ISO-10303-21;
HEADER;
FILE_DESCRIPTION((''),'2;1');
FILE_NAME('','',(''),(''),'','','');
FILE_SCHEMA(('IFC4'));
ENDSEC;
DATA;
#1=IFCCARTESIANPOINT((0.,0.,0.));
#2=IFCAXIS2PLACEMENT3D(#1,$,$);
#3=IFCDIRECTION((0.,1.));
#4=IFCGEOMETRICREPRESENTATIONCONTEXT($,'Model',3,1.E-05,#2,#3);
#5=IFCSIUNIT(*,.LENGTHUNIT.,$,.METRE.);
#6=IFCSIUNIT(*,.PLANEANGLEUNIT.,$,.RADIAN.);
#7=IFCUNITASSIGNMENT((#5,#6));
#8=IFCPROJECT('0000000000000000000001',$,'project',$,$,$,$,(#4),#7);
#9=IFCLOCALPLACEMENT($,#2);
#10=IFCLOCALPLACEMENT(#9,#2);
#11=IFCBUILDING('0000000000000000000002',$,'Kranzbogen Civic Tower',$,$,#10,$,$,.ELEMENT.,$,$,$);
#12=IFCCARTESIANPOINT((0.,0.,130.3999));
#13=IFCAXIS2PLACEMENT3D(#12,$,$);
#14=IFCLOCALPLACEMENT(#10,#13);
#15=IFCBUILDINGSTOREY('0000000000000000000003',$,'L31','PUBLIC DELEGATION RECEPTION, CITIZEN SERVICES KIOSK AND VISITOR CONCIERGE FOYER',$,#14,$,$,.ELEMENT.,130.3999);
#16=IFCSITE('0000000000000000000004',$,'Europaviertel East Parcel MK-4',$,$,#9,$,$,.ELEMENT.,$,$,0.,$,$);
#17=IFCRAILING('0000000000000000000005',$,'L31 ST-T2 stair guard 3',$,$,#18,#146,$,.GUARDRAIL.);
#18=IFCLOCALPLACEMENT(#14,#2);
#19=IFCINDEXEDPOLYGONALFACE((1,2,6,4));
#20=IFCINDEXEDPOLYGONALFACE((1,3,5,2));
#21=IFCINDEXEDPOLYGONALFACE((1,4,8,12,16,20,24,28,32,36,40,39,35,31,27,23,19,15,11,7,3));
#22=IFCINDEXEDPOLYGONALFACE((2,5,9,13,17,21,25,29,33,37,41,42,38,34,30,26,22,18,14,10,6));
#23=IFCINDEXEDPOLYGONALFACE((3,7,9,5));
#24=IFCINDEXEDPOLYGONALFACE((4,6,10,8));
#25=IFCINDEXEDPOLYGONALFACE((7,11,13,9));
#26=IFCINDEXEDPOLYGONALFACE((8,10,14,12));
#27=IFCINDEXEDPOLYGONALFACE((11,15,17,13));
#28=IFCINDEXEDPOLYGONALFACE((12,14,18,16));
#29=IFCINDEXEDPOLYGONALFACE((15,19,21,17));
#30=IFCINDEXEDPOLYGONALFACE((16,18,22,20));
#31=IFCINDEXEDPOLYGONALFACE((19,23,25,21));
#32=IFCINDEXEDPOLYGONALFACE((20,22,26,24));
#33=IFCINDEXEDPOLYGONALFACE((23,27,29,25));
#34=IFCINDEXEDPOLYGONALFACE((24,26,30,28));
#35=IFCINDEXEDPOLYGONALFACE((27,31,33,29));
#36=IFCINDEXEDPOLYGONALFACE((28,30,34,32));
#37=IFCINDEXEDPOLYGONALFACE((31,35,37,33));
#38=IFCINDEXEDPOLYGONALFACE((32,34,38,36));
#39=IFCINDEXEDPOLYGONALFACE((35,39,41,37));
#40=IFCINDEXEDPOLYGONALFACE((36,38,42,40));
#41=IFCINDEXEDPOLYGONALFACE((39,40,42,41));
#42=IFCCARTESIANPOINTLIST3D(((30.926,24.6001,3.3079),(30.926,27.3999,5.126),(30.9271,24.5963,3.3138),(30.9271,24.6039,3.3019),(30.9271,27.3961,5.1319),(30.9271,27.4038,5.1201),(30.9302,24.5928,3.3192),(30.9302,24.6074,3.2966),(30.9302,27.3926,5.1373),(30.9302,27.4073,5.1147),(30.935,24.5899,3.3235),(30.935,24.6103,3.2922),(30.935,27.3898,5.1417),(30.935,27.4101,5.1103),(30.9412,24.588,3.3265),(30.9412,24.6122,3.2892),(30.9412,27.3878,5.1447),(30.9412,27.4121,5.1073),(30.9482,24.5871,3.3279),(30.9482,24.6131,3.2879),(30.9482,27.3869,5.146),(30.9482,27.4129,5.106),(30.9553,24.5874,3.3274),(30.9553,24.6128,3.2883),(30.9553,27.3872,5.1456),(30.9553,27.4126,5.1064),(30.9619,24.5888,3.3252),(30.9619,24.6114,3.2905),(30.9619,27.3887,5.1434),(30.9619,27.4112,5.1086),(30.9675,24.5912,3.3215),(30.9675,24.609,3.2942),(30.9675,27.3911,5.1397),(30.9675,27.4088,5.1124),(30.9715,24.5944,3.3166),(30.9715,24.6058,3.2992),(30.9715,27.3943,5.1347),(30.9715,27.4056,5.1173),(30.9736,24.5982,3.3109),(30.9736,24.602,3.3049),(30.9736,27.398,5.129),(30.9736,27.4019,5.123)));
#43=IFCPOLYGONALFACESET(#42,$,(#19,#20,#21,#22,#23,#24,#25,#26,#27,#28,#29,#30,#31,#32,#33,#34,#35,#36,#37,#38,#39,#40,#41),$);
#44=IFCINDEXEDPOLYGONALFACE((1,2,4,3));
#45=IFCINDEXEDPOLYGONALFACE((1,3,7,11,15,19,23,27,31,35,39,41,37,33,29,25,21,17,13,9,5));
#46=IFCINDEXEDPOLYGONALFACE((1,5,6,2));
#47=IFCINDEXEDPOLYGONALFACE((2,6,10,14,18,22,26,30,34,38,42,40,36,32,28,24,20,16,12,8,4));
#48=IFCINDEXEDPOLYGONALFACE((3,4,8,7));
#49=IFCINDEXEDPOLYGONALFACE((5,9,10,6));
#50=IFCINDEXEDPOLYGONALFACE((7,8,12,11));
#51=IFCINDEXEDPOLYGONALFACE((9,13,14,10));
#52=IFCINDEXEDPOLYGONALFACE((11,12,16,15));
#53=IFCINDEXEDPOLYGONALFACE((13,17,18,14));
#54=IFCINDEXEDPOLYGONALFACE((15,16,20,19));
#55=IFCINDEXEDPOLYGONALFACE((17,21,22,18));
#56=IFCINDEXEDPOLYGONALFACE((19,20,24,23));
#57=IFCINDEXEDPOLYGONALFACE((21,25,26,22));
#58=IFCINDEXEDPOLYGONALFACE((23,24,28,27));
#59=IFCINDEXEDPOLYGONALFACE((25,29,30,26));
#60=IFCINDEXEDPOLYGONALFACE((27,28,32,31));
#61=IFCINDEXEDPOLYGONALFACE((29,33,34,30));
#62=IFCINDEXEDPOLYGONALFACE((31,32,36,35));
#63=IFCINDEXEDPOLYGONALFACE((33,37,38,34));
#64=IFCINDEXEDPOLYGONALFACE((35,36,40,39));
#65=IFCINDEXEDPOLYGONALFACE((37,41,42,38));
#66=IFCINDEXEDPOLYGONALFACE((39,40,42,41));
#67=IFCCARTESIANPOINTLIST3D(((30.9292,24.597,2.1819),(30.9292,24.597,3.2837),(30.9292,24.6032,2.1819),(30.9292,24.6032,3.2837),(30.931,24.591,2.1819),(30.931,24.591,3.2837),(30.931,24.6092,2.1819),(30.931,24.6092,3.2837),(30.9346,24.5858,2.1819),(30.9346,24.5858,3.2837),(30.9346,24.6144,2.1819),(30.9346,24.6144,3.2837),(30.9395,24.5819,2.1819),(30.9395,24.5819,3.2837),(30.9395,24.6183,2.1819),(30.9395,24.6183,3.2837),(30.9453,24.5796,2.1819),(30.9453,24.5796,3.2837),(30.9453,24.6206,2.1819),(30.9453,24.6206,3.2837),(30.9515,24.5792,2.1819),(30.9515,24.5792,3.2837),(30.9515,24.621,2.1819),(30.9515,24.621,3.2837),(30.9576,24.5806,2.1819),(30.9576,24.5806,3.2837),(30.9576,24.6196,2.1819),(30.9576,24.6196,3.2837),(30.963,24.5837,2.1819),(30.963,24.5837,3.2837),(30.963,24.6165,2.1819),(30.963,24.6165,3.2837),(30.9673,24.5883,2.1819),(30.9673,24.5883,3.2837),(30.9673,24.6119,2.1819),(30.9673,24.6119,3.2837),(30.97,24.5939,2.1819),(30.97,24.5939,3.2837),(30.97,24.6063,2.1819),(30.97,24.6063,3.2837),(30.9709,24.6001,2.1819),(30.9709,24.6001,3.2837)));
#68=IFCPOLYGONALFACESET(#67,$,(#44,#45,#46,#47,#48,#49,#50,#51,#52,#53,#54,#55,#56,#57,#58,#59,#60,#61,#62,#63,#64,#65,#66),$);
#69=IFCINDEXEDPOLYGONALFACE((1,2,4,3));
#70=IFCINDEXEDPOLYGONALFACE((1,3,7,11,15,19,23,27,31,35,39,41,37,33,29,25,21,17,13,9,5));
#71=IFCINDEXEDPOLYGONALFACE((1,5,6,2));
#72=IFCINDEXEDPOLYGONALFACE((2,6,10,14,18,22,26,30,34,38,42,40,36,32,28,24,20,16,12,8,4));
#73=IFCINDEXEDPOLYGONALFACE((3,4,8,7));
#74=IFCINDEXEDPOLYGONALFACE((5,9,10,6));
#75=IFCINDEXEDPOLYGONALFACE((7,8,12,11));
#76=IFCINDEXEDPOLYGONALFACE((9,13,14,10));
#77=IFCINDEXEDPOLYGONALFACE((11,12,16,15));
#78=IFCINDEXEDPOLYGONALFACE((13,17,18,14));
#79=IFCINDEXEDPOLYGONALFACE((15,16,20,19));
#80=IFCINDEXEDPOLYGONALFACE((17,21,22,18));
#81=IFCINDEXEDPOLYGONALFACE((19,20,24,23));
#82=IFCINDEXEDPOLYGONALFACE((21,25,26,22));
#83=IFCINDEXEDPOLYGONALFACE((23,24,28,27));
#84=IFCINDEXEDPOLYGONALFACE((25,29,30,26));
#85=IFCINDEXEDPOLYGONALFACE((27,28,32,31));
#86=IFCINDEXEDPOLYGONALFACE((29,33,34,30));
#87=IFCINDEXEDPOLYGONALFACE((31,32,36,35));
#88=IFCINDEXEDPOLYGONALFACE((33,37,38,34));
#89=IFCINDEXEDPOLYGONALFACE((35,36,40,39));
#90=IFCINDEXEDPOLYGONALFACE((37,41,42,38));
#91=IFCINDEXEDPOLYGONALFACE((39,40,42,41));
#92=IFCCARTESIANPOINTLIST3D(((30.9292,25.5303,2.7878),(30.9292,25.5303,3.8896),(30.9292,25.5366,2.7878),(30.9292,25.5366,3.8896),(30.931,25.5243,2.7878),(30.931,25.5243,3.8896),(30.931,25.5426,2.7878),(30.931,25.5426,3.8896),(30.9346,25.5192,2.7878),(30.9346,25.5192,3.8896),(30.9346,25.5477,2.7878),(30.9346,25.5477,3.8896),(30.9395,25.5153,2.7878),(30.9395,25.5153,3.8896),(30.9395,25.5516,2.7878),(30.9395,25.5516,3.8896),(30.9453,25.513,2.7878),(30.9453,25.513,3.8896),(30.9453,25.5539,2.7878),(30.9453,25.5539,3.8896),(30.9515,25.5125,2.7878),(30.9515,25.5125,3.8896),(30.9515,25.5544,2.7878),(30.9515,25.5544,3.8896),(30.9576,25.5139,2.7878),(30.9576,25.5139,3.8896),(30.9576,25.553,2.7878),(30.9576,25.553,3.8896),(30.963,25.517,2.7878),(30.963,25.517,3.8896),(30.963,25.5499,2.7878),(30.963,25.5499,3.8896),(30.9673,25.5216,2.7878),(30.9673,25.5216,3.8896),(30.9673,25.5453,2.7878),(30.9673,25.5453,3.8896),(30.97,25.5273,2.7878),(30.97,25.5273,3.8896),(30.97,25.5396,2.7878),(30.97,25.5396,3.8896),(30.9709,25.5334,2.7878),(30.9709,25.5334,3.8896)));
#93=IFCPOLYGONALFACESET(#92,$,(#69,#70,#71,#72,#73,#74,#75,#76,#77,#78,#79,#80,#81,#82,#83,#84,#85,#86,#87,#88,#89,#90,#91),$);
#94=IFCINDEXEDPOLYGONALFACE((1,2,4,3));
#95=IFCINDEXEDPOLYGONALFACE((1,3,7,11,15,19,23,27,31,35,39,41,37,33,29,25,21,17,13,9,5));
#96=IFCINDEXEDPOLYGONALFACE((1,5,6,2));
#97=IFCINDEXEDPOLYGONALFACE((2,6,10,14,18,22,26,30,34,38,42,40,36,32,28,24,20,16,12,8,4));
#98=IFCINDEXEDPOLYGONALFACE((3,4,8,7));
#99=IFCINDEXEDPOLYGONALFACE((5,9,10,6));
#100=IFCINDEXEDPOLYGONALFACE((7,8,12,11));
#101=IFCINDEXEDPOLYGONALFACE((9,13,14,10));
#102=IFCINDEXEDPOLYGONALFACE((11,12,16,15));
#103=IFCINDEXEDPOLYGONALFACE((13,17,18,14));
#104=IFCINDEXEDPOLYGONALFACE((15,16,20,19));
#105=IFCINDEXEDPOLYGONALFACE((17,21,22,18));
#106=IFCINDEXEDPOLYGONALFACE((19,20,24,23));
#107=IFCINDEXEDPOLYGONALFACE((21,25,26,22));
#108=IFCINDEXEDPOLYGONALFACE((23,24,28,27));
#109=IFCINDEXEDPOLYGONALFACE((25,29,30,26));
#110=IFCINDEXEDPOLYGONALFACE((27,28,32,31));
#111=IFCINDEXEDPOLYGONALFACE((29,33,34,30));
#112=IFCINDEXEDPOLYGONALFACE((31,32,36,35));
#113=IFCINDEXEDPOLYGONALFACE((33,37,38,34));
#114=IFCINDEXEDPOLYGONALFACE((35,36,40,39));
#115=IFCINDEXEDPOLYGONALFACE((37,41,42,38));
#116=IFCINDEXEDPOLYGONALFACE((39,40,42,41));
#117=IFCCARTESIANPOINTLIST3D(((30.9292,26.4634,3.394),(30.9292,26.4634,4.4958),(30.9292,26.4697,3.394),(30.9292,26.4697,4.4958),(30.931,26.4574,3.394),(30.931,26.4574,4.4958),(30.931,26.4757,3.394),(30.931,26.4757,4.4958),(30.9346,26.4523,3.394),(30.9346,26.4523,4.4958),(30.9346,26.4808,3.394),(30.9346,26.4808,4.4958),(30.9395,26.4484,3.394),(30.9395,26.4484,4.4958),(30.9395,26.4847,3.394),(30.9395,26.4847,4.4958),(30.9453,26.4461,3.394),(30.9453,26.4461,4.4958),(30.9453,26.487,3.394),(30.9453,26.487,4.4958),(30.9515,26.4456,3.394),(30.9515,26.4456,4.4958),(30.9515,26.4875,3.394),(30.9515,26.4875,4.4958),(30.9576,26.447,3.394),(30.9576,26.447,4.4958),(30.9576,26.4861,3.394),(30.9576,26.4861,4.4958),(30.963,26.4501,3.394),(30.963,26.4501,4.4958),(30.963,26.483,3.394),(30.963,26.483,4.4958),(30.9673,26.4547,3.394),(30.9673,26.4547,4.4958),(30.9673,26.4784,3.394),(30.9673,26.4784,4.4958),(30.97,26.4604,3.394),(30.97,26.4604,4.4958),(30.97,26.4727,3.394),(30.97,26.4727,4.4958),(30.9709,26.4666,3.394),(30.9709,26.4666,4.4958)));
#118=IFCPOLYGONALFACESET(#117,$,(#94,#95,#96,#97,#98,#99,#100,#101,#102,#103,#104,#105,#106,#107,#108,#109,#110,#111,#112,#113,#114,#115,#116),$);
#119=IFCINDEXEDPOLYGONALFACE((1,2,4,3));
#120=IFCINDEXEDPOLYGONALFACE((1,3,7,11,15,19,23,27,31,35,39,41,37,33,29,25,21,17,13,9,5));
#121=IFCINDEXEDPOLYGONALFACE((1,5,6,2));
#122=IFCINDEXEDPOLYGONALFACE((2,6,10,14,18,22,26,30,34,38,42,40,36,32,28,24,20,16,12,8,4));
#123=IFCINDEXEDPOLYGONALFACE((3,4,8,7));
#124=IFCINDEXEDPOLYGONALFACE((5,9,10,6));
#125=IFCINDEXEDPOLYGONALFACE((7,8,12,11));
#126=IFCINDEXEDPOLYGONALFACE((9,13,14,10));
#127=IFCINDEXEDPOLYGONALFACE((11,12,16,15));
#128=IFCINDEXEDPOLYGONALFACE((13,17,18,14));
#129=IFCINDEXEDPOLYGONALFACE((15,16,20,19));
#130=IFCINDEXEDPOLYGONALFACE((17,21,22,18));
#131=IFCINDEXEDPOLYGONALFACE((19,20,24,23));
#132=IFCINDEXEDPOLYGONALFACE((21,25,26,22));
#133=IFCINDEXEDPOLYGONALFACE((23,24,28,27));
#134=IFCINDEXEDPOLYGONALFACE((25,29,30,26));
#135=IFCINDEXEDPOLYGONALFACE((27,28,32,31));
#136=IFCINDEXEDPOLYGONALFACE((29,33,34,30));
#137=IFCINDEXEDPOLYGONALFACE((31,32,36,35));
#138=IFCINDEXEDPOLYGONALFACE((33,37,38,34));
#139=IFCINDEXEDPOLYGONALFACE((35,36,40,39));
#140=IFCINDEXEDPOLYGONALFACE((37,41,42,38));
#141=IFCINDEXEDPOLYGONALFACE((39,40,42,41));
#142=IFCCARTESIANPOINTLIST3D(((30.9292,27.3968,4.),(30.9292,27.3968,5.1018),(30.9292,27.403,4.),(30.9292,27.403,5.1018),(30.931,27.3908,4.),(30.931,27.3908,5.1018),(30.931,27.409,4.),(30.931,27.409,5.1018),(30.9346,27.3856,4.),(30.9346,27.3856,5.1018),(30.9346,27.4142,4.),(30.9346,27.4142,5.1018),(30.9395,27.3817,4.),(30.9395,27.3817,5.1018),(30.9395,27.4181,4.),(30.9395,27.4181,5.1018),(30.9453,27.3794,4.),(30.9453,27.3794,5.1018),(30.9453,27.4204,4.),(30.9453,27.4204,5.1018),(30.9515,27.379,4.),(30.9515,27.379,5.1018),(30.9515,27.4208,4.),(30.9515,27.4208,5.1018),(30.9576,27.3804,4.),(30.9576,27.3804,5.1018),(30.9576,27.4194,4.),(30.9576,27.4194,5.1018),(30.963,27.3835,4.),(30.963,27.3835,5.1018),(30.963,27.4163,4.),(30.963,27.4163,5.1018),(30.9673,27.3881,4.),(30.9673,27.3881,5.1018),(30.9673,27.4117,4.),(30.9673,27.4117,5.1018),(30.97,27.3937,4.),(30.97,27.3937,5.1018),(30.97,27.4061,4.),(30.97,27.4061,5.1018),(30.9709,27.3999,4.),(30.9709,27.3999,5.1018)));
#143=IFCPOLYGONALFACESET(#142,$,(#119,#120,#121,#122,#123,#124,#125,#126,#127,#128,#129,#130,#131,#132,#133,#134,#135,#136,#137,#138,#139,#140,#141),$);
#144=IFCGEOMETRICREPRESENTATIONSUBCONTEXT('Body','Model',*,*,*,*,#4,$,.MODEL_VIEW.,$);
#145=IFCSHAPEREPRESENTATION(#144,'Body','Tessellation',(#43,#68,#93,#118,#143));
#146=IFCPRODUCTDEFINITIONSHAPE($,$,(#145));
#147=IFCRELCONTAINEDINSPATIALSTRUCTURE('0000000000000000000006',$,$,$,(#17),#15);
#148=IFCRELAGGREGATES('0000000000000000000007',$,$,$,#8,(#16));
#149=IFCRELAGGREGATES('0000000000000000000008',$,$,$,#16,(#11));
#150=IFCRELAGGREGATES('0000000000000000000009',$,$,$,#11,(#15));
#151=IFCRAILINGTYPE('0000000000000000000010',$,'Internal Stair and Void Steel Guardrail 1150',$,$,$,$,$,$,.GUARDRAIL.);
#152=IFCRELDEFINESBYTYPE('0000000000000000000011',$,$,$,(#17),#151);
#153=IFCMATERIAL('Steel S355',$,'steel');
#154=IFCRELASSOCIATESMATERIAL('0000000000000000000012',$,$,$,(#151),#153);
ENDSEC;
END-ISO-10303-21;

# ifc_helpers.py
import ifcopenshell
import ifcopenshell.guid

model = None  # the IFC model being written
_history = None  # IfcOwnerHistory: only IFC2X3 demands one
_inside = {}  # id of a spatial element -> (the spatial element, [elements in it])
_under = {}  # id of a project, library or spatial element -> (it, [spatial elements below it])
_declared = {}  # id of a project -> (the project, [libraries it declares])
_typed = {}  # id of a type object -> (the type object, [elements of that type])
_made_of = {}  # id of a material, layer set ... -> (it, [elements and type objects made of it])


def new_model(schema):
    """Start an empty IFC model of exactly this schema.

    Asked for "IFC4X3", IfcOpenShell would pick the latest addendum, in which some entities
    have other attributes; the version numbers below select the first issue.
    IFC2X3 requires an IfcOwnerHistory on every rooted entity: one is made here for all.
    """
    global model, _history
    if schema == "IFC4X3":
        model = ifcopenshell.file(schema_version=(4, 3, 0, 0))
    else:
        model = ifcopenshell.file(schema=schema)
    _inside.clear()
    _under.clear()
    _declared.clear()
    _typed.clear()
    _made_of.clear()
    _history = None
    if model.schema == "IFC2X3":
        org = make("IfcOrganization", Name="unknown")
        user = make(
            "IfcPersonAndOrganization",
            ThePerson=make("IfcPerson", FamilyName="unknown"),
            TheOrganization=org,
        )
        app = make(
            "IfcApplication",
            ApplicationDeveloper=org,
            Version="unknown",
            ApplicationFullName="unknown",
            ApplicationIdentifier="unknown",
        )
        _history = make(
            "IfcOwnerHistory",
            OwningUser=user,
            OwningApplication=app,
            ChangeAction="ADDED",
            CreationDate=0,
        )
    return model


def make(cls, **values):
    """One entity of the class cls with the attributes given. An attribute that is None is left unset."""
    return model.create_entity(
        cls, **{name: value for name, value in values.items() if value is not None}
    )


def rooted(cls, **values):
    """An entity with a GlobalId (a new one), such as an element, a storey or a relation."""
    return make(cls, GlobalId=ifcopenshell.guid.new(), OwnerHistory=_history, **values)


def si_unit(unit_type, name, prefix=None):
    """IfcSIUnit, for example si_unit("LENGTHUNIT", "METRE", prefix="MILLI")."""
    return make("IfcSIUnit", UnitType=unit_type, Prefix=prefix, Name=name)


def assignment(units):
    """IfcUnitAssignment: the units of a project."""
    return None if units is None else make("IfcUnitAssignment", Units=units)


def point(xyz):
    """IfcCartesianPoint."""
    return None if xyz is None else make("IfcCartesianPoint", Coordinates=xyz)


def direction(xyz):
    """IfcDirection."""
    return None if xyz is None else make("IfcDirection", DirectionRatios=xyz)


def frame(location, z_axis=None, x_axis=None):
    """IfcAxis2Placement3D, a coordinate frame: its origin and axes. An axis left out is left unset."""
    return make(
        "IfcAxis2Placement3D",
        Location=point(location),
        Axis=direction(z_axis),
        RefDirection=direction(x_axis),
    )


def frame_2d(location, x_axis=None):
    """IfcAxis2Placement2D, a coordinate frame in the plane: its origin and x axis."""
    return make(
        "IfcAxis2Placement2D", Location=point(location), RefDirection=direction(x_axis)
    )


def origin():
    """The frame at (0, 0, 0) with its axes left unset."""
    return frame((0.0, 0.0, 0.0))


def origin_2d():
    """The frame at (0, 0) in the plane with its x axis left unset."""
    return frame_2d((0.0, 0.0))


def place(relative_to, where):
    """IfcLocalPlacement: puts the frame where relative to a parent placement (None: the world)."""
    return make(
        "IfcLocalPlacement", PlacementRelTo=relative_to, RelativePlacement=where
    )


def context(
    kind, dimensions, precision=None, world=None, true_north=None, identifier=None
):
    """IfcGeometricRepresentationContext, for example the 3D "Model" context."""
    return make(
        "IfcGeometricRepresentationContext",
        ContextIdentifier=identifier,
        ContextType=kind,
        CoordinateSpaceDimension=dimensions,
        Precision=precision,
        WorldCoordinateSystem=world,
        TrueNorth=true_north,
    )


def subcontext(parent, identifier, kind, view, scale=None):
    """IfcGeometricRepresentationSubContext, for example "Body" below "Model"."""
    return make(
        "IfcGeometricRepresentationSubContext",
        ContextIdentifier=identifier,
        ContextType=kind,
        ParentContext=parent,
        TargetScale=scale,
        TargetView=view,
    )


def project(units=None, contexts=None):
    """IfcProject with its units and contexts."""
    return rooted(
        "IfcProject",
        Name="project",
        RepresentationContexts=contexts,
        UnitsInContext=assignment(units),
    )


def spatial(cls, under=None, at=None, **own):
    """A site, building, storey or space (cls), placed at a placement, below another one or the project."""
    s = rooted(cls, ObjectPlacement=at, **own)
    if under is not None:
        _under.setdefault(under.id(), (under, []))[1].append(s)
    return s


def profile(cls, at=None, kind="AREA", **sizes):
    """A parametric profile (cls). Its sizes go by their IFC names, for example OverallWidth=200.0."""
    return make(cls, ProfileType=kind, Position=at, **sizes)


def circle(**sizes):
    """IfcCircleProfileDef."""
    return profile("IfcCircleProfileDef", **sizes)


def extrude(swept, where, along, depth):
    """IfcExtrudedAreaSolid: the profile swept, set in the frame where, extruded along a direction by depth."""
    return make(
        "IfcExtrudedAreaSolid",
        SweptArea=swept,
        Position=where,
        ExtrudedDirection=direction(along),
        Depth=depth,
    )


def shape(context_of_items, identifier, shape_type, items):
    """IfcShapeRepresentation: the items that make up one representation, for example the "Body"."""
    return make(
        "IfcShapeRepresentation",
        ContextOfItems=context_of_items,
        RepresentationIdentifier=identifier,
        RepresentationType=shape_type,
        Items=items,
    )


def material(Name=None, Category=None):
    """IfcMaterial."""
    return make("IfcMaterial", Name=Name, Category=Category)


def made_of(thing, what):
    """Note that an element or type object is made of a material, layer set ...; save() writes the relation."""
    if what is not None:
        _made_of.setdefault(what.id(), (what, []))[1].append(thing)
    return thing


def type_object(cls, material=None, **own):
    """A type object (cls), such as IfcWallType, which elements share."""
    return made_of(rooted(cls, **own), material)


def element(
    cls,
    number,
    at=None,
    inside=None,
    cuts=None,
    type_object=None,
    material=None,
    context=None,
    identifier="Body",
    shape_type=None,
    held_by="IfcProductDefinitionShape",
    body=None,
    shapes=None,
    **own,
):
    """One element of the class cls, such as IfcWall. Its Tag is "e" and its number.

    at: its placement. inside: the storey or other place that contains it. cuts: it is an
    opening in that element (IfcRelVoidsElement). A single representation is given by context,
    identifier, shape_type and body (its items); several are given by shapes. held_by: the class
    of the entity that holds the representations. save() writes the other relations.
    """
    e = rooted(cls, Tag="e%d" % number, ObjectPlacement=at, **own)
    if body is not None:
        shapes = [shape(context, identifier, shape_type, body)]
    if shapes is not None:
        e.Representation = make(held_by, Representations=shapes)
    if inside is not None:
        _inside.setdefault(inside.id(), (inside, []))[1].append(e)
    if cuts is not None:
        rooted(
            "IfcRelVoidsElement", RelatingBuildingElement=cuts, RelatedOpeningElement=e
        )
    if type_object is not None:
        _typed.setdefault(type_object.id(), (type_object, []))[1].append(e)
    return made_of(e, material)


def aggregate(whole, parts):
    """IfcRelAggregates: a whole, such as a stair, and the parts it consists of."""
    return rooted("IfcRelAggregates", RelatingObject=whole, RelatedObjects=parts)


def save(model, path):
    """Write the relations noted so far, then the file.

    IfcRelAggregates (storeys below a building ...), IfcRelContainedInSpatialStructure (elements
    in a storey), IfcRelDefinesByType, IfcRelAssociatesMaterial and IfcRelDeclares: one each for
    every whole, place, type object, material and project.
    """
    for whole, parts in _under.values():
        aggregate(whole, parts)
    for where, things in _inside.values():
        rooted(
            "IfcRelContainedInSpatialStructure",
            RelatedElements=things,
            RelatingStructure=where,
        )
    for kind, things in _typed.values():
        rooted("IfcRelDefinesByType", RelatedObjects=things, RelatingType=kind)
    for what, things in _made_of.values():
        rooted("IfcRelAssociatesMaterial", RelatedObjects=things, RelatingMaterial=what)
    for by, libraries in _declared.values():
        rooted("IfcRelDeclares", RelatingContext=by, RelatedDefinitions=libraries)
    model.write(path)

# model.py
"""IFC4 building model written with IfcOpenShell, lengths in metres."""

from ifc_helpers import new_model, si_unit, direction, frame, origin, origin_2d, place, context, subcontext, project, spatial, circle, extrude, material, type_object, element, save


model = new_model("IFC4")

# Units and contexts
model_context = context("Model", 3, precision=1e-05, world=origin(), true_north=direction((0.0, 1.0)))
body_context = subcontext(model_context, "Body", "Model", "MODEL_VIEW")
ifc_project = project(units=[si_unit("LENGTHUNIT", "METRE"), si_unit("PLANEANGLEUNIT", "RADIAN")], contexts=[model_context])

# Site, building, storey
site_placement = place(None, origin())
site = spatial("IfcSite", under=ifc_project, at=site_placement, Name="Europaviertel East Parcel MK-4", CompositionType="ELEMENT", RefElevation=0.0)
building_placement = place(site_placement, origin())
building = spatial("IfcBuilding", under=site, at=building_placement, Name="Kranzbogen Civic Tower", CompositionType="ELEMENT")
storey_placement = place(building_placement, frame((0.0, 0.0, 130.3999)))
storey = spatial("IfcBuildingStorey", under=building, at=storey_placement, Name="L31", Description="PUBLIC DELEGATION RECEPTION, CITIZEN SERVICES KIOSK AND VISITOR CONCIERGE FOYER", CompositionType="ELEMENT", Elevation=130.3999)

# Shared definitions
ifc_material_1 = material(Name="Steel S355", Category="steel")

# Railing
railing_type = type_object("IfcRailingType", Name="Internal Stair and Void Steel Guardrail 1150", PredefinedType="GUARDRAIL", material=ifc_material_1)
railing_1_placement = place(storey_placement, frame((30.95, 24.6001, 2.1819)))
element("IfcRailing", 1, at=railing_1_placement, inside=storey, type_object=railing_type, Name="L31 ST-T2 stair guard 3", PredefinedType="GUARDRAIL", context=body_context, shape_type="SweptSolid", body=[
    extrude(circle(Radius=0.0239, at=origin_2d()), frame((0.0, 0.0, 1.126), z_axis=(0.0, 0.838684, 0.544618), x_axis=(-1.0, 0.0, 0.0)), (0.0, 0.0, 1.0), 3.3384),
    extrude(circle(Radius=0.021, at=origin_2d()), origin(), (0.0, 0.0, 1.0), 1.1018),
    extrude(circle(Radius=0.021, at=origin_2d()), frame((0.0, 0.9333, 0.606)), (0.0, 0.0, 1.0), 1.1018),
    extrude(circle(Radius=0.021, at=origin_2d()), frame((0.0, 1.8665, 1.2122)), (0.0, 0.0, 1.0), 1.1018),
    extrude(circle(Radius=0.021, at=origin_2d()), frame((0.0, 2.7998, 1.8181)), (0.0, 0.0, 1.0), 1.1018),
])

save(model, "model.ifc")
